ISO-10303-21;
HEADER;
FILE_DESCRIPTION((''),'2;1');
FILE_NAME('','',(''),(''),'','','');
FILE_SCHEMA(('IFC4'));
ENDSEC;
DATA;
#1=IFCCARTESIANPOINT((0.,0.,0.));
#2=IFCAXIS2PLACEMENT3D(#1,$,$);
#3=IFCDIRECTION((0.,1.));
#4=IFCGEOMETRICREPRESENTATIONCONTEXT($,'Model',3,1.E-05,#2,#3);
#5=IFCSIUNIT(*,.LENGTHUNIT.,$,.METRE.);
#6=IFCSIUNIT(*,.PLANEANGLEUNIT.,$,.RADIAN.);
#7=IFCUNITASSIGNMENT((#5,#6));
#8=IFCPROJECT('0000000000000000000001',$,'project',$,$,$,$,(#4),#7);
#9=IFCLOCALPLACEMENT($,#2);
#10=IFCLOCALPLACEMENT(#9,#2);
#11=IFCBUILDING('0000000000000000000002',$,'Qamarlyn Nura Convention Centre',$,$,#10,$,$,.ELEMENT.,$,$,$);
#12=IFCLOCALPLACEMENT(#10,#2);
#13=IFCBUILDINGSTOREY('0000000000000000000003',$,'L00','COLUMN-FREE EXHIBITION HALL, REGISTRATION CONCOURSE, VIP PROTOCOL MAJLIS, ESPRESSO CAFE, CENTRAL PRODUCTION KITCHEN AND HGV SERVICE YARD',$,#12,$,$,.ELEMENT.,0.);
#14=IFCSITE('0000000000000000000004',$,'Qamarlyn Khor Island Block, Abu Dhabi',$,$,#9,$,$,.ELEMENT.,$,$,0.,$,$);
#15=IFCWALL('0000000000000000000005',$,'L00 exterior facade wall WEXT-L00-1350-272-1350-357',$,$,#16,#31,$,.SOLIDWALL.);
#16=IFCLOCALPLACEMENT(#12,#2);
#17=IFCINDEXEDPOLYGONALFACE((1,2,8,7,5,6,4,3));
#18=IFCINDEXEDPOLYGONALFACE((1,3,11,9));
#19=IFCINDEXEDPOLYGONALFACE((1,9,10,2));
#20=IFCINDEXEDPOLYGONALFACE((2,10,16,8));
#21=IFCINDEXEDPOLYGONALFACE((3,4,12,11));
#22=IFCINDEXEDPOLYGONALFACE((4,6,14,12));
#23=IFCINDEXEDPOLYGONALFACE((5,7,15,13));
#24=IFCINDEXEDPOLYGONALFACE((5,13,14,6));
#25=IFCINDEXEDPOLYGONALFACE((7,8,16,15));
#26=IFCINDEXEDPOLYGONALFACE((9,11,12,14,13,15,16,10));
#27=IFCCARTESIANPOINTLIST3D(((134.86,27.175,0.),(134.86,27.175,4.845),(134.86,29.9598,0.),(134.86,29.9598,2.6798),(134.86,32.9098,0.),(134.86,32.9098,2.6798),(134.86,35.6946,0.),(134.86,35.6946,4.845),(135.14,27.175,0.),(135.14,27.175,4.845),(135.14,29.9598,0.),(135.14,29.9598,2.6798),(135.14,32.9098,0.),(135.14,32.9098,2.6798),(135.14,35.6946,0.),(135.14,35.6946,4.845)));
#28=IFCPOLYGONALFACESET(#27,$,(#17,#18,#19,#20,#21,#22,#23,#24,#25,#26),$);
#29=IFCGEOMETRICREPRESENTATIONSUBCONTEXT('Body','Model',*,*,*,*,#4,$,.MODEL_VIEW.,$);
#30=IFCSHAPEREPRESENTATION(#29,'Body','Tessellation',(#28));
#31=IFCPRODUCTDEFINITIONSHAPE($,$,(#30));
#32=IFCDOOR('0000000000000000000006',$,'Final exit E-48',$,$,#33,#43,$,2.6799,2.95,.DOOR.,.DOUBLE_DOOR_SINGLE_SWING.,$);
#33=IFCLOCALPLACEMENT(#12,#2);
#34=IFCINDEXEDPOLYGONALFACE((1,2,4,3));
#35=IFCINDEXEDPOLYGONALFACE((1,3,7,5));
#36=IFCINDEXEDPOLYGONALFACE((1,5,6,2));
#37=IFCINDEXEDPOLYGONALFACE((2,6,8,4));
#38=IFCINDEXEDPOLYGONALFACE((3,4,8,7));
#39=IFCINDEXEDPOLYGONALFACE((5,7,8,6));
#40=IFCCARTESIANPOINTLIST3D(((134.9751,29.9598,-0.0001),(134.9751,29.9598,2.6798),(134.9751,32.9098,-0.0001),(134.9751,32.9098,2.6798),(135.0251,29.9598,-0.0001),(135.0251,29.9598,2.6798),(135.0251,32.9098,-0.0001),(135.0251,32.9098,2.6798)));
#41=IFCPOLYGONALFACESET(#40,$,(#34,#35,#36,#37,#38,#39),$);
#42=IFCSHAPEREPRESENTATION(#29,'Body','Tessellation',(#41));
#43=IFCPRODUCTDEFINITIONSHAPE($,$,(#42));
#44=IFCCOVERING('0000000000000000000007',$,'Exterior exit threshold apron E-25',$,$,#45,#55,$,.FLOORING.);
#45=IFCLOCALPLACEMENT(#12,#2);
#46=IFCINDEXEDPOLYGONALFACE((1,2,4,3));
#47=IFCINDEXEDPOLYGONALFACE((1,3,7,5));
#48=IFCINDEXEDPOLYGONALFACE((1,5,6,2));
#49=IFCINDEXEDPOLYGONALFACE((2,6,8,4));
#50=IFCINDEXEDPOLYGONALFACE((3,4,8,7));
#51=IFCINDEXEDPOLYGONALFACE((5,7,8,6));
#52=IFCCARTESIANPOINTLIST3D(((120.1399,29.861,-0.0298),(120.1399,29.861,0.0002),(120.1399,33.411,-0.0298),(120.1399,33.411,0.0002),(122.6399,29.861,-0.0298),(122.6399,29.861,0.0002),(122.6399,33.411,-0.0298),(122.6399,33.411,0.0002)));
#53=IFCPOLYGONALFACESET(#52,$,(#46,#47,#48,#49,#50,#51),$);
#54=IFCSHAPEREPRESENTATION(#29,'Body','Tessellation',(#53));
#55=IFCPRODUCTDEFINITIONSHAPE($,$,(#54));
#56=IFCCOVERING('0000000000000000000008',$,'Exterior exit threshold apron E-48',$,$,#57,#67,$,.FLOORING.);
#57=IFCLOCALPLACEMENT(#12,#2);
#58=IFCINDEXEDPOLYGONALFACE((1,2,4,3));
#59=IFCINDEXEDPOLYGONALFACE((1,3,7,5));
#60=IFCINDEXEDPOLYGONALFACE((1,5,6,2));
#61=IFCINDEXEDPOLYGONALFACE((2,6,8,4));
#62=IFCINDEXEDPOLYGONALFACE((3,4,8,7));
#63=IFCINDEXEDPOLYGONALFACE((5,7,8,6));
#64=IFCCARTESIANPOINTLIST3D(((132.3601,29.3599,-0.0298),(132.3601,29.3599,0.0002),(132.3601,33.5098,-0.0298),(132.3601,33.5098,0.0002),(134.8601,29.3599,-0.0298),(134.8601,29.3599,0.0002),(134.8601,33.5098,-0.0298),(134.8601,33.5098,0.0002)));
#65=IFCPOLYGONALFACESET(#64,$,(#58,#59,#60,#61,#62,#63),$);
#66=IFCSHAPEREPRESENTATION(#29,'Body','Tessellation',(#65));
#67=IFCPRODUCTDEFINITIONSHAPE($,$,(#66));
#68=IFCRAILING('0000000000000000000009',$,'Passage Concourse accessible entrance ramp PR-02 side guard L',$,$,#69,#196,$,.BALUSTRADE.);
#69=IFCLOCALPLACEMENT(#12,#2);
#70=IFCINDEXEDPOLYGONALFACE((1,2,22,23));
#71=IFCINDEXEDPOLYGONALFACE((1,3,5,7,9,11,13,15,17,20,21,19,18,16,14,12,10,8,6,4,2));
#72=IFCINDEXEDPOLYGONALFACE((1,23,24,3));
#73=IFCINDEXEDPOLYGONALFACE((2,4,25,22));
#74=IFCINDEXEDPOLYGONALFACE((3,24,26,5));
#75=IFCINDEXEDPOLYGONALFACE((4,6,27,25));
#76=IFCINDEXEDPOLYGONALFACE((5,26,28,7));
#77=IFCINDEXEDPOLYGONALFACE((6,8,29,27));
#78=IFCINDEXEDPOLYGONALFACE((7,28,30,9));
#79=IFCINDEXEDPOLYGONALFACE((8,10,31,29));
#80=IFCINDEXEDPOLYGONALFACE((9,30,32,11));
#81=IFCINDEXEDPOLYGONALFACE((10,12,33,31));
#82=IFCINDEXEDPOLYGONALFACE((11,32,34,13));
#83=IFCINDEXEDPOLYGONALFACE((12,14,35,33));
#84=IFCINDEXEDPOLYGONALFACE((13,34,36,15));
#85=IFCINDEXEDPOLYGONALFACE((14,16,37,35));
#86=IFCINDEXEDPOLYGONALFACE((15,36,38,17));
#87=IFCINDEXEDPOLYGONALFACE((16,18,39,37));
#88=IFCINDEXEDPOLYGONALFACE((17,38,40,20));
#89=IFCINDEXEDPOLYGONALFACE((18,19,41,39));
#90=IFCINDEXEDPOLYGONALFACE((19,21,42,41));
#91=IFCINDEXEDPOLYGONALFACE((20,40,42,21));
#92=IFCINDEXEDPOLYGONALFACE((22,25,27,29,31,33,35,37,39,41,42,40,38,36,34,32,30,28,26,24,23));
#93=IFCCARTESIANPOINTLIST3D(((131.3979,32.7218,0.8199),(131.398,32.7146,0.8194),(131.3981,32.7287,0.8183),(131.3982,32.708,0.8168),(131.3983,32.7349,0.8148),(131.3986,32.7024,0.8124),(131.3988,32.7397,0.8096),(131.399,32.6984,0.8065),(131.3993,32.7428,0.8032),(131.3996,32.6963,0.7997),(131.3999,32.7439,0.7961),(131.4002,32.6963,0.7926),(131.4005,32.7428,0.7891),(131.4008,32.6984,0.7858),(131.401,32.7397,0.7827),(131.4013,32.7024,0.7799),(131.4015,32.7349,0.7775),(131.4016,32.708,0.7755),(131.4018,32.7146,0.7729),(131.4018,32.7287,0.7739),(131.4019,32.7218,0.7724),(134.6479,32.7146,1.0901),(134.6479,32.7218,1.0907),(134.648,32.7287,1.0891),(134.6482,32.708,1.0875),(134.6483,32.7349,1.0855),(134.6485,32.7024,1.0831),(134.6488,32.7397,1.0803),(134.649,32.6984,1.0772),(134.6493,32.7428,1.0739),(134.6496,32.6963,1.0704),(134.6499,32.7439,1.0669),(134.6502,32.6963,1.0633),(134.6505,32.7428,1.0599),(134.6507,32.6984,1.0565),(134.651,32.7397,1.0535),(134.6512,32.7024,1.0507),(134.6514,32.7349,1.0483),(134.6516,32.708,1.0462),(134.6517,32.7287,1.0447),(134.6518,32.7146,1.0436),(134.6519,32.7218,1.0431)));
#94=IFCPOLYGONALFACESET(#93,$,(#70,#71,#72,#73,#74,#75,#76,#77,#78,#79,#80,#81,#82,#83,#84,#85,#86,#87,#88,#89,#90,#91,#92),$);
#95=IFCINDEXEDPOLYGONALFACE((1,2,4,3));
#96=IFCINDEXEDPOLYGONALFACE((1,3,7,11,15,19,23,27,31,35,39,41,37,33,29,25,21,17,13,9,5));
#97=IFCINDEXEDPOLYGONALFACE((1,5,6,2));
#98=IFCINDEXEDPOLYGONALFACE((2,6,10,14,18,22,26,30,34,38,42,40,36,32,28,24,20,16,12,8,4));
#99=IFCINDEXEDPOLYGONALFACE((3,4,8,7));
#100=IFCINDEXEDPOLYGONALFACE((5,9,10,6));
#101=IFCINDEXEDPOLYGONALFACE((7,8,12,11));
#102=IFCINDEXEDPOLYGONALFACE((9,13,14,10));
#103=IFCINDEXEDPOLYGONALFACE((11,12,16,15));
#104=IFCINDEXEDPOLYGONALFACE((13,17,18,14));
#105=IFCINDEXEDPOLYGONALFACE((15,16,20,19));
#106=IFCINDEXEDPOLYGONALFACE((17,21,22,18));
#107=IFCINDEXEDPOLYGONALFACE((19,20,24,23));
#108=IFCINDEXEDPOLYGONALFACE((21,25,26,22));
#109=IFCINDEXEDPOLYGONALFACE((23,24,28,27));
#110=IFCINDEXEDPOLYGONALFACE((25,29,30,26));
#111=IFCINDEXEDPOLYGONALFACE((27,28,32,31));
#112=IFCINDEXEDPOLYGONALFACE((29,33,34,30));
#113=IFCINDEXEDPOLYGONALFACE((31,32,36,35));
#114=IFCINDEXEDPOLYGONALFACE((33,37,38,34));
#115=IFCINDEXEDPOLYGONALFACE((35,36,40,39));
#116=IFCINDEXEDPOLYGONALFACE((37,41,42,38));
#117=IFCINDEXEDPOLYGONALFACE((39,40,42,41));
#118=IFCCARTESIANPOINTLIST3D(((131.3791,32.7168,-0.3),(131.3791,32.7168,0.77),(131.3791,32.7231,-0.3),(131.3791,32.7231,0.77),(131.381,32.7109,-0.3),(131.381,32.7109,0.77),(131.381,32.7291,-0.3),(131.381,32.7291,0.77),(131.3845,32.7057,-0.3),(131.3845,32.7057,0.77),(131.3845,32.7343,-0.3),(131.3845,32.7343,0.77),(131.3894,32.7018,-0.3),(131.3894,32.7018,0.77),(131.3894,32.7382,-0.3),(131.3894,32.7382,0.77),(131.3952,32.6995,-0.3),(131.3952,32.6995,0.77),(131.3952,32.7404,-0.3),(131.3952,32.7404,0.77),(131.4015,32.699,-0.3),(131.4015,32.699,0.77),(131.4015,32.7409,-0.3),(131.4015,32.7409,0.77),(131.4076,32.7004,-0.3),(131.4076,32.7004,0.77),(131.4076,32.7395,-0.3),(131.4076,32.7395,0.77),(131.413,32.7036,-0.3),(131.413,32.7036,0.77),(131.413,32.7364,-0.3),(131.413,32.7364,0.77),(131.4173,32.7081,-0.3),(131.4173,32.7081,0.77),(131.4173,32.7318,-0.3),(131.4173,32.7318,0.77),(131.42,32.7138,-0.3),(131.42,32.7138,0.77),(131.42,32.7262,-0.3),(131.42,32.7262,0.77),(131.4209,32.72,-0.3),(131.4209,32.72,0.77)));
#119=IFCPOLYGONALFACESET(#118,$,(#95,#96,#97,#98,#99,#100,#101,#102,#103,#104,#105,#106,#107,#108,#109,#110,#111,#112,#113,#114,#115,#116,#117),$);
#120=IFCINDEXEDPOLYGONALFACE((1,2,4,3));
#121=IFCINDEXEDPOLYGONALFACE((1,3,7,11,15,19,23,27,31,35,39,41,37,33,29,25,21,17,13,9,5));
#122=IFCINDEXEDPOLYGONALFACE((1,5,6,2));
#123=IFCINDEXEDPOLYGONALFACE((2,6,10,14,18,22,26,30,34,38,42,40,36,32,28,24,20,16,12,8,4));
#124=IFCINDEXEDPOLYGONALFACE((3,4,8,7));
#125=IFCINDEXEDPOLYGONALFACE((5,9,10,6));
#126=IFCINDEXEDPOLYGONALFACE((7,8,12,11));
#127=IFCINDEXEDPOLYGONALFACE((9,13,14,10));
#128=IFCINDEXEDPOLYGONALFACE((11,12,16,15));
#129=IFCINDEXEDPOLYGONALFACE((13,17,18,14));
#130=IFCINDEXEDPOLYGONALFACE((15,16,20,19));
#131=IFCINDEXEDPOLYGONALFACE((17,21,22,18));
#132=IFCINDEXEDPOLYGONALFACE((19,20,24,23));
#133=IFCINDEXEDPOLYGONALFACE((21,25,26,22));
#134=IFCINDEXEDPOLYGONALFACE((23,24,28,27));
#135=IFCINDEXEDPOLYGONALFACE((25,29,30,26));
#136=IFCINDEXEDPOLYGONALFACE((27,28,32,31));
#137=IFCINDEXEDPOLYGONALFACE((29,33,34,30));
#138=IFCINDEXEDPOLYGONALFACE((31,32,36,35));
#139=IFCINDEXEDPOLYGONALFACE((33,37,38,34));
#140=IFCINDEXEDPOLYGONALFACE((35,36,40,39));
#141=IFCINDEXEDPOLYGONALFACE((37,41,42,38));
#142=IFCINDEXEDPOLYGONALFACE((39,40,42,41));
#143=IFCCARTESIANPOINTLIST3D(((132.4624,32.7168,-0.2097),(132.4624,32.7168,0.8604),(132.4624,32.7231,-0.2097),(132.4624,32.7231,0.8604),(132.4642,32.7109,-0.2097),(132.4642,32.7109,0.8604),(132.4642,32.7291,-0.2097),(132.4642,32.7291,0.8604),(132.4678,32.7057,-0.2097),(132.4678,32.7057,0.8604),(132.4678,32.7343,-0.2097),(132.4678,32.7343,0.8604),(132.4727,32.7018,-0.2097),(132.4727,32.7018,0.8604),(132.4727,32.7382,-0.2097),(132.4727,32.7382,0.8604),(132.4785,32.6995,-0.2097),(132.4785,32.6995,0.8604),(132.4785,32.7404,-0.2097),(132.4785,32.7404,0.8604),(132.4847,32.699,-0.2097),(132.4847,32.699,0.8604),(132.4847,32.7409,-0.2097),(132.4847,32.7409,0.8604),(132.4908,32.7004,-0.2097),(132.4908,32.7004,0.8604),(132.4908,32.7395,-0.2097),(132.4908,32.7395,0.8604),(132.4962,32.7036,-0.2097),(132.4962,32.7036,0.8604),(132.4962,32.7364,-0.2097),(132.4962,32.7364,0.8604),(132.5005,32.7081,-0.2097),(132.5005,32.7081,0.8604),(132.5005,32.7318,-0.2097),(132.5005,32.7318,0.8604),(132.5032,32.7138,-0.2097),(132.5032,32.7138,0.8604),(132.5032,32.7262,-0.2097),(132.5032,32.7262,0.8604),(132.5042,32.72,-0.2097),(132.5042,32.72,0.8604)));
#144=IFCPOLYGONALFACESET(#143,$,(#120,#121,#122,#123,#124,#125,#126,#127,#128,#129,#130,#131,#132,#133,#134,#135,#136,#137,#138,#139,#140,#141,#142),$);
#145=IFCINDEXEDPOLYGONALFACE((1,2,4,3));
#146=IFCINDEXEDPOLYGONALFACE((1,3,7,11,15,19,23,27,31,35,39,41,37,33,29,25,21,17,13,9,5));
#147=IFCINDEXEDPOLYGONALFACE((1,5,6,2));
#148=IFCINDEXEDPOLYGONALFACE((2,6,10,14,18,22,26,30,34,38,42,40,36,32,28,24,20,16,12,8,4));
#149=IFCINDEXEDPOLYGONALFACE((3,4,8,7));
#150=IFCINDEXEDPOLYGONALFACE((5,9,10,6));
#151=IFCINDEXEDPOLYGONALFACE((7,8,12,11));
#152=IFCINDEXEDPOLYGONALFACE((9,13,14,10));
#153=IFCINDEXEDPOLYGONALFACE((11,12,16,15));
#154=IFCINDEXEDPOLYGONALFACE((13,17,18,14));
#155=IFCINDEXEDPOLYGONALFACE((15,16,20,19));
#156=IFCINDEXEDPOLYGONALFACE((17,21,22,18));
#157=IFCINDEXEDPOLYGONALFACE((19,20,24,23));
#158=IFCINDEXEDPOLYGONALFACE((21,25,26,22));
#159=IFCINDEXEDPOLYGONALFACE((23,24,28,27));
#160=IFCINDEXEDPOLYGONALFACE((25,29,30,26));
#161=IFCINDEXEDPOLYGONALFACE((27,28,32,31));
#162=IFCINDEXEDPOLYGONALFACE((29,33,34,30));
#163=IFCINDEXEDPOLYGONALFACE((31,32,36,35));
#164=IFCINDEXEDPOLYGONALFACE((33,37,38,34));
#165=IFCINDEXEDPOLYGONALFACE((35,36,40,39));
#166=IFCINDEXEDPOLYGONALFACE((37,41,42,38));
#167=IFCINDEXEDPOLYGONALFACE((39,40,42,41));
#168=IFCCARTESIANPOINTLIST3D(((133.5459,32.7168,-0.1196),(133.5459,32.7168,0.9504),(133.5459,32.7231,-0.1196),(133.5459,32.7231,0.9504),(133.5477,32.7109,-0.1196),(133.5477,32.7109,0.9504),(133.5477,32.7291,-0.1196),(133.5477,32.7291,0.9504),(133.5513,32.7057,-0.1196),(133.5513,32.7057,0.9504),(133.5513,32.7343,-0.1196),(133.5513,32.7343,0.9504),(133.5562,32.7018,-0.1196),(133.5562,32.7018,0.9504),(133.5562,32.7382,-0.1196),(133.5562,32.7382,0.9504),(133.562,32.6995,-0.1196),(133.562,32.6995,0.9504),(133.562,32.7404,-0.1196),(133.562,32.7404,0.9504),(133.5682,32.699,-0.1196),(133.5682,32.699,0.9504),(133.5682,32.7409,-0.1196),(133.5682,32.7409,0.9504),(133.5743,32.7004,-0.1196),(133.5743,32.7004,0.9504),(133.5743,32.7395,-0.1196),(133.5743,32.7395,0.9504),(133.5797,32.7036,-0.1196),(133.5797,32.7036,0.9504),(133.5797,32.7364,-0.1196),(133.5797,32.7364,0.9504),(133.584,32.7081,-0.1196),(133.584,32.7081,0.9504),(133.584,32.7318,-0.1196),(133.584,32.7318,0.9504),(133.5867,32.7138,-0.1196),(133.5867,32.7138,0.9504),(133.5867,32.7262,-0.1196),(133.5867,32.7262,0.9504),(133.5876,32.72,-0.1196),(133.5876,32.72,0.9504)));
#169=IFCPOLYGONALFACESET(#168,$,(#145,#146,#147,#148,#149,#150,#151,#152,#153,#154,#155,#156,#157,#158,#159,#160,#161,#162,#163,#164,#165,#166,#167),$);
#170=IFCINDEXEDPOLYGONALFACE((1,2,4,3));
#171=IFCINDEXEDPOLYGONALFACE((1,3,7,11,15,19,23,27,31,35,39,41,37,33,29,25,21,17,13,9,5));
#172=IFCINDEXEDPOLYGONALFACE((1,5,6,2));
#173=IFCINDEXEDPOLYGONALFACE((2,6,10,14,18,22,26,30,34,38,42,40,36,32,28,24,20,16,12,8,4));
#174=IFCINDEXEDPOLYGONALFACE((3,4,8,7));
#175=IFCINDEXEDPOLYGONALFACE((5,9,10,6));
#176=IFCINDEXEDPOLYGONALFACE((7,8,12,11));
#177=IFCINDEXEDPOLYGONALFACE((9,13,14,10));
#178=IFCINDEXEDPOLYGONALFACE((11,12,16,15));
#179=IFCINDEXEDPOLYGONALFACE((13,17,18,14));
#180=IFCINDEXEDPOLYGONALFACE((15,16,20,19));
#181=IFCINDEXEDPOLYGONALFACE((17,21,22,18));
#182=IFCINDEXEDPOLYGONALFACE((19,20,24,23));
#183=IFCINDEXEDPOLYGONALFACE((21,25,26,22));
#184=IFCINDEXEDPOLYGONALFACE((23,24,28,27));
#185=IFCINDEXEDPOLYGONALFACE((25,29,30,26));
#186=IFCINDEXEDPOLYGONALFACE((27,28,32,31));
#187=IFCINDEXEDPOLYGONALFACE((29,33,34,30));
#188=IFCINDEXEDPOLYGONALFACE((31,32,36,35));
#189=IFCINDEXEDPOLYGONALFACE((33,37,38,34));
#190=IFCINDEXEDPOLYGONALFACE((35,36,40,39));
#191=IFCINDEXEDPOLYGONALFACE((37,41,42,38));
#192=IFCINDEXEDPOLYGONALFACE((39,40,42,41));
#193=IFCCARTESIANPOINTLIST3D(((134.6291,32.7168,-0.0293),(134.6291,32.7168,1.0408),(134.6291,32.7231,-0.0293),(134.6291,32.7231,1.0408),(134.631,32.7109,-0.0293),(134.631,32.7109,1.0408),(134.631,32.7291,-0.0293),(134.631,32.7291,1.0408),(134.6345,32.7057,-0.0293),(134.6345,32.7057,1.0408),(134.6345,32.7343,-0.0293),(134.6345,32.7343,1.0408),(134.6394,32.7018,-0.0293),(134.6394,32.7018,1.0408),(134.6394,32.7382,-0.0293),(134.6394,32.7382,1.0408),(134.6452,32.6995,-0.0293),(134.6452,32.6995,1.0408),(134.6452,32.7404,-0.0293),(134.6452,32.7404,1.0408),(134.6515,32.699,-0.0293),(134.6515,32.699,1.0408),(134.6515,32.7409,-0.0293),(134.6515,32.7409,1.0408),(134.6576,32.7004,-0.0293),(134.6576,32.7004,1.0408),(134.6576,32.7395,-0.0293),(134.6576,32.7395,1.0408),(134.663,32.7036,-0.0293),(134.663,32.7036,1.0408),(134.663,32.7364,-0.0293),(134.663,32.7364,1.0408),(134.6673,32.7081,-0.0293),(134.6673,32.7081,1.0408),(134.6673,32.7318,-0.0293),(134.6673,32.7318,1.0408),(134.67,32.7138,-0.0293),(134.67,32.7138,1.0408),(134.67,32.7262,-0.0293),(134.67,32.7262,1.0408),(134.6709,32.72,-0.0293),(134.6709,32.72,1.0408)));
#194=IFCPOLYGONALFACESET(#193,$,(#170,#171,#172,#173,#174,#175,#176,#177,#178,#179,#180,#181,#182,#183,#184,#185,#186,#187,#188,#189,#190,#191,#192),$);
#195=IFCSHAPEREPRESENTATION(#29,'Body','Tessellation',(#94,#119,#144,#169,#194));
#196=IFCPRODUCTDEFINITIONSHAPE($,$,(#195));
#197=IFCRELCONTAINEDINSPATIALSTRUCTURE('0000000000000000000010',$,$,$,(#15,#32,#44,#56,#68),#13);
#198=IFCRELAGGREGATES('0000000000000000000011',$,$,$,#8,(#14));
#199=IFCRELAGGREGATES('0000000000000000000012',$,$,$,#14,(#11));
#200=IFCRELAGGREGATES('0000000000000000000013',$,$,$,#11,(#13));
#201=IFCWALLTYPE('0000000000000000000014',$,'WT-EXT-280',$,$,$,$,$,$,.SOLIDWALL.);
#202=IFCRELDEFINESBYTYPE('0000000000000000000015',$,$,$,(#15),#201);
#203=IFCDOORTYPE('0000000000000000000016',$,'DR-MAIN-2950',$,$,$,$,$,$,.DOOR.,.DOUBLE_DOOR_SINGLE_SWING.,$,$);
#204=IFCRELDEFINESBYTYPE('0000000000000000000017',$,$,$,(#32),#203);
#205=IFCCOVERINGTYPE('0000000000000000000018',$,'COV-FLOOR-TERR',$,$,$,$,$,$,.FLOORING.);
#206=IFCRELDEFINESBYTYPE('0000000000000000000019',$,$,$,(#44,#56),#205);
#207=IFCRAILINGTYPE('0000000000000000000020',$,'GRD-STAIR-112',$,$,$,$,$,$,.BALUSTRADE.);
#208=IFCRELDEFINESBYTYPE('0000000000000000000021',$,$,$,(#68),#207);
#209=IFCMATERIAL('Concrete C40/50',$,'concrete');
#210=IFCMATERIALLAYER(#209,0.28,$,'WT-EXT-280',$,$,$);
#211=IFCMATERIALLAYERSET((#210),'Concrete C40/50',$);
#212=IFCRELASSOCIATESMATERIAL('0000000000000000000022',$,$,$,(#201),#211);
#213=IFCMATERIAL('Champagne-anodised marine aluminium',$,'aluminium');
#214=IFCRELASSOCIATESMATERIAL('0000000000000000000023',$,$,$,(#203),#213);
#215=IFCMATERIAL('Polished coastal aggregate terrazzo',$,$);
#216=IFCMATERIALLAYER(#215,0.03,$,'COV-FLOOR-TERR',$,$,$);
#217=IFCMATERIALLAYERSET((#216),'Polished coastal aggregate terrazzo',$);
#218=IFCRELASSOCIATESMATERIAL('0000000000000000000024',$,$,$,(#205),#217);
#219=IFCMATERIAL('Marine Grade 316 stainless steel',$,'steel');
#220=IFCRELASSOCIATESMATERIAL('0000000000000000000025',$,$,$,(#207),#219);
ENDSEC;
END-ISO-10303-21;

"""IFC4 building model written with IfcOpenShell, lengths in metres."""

from ifc_helpers import new_model, si_unit, direction, frame, frame_2d, origin, origin_2d, place, context, subcontext, project, spatial, rectangle, circle, extrude, material, layer, layer_set, type_object, element, fill, save


model = new_model("IFC4")

# Units and contexts
model_context = context("Model", 3, precision=1e-05, world=origin(), true_north=direction((0.0, 1.0)))
body_context = subcontext(model_context, "Body", "Model", "MODEL_VIEW")
ifc_project = project(units=[si_unit("LENGTHUNIT", "METRE"), si_unit("PLANEANGLEUNIT", "RADIAN")], contexts=[model_context])

# Site, building, storey
site_placement = place(None, origin())
site = spatial("IfcSite", under=ifc_project, at=site_placement, Name="Qamarlyn Khor Island Block, Abu Dhabi", CompositionType="ELEMENT", RefElevation=0.0)
building_placement = place(site_placement, origin())
building = spatial("IfcBuilding", under=site, at=building_placement, Name="Qamarlyn Nura Convention Centre", CompositionType="ELEMENT")
storey_placement = place(building_placement, origin())
storey = spatial("IfcBuildingStorey", under=building, at=storey_placement, Name="L00", Description="COLUMN-FREE EXHIBITION HALL, REGISTRATION CONCOURSE, VIP PROTOCOL MAJLIS, ESPRESSO CAFE, CENTRAL PRODUCTION KITCHEN AND HGV SERVICE YARD", CompositionType="ELEMENT", Elevation=0.0)

# Shared definitions
ifc_material_1 = material(Name="Champagne-anodised marine aluminium", Category="aluminium")

# Wall, opening, door
ifc_material_2 = material(Name="Concrete C40/50", Category="concrete")
ifc_layer_1 = layer(ifc_material_2, 0.28, Name="WT-EXT-280")
ifc_layer_set_1 = layer_set([ifc_layer_1], Name="Concrete C40/50")
wall_type = type_object("IfcWallType", Name="WT-EXT-280", PredefinedType="SOLIDWALL", material=ifc_layer_set_1)
wall_1_placement = place(storey_placement, frame((135.0, 27.175, 0.0), z_axis=(0.0, 0.0, 1.0), x_axis=(0.0, 1.0, 0.0)))
wall_1 = element("IfcWall", 1, at=wall_1_placement, inside=storey, type_object=wall_type, Name="L00 exterior facade wall WEXT-L00-1350-272-1350-357", PredefinedType="SOLIDWALL", context=body_context, shape_type="SweptSolid", body=[
    extrude(rectangle(XDim=8.5195, YDim=0.28, at=frame_2d((4.2598, 0.0))), origin(), (0.0, 0.0, 1.0), 4.845),
])
opening_1_placement = place(wall_1_placement, frame((2.7847, 0.0, 0.0)))
opening_1 = element("IfcOpeningElement", 2, at=opening_1_placement, cuts=wall_1, PredefinedType="OPENING", context=body_context, shape_type="SweptSolid", body=[
    extrude(rectangle(XDim=2.95, YDim=2.6799, at=frame_2d((1.4751, 1.3398))), frame((0.0, 0.1499, 0.0), z_axis=(0.0, -1.0, 0.0), x_axis=(1.0, 0.0, 0.0)), (0.0, 0.0, 1.0), 0.3),
])
door_type_1 = type_object("IfcDoorType", Name="DR-MAIN-2950", OperationType="DOUBLE_DOOR_SINGLE_SWING", PredefinedType="DOOR", material=ifc_material_1)
door_1_placement = place(opening_1_placement, origin())
door_1 = element("IfcDoor", 3, at=door_1_placement, inside=storey, type_object=door_type_1, Name="Final exit E-48", OperationType="DOUBLE_DOOR_SINGLE_SWING", OverallHeight=2.6799, OverallWidth=2.95, PredefinedType="DOOR", context=body_context, shape_type="SweptSolid", body=[
    extrude(rectangle(XDim=2.95, YDim=2.6799, at=frame_2d((1.4751, 1.3398))), frame((0.0, 0.0249, 0.0), z_axis=(0.0, -1.0, 0.0), x_axis=(1.0, 0.0, 0.0)), (0.0, 0.0, 1.0), 0.05),
])
fill(opening_1, door_1)

# Coverings
ifc_material_3 = material(Name="Polished coastal aggregate terrazzo")
ifc_layer_2 = layer(ifc_material_3, 0.03, Name="COV-FLOOR-TERR")
ifc_layer_set_2 = layer_set([ifc_layer_2], Name="Polished coastal aggregate terrazzo")
covering_type = type_object("IfcCoveringType", Name="COV-FLOOR-TERR", PredefinedType="FLOORING", material=ifc_layer_set_2)
covering_1_placement = place(storey_placement, frame((121.3899, 31.636, -0.0298), z_axis=(0.0, 0.0, 1.0), x_axis=(0.0, -1.0, 0.0)))
element("IfcCovering", 4, at=covering_1_placement, inside=storey, type_object=covering_type, Name="Exterior exit threshold apron E-25", PredefinedType="FLOORING", context=body_context, shape_type="SweptSolid", body=[
    extrude(rectangle(XDim=3.55, YDim=2.5, at=origin_2d()), origin(), (0.0, 0.0, 1.0), 0.03),
])
covering_2_placement = place(storey_placement, frame((133.6101, 31.4348, -0.0298), z_axis=(0.0, 0.0, 1.0), x_axis=(0.0, 1.0, 0.0)))
element("IfcCovering", 5, at=covering_2_placement, inside=storey, type_object=covering_type, Name="Exterior exit threshold apron E-48", PredefinedType="FLOORING", context=body_context, shape_type="SweptSolid", body=[
    extrude(rectangle(XDim=4.1499, YDim=2.5, at=origin_2d()), origin(), (0.0, 0.0, 1.0), 0.03),
])

# Railing
ifc_material_4 = material(Name="Marine Grade 316 stainless steel", Category="steel")
railing_type = type_object("IfcRailingType", Name="GRD-STAIR-112", PredefinedType="BALUSTRADE", material=ifc_material_4)
for number, where, name in (
    (6, (131.3999, 32.72, -0.3), "Passage Concourse accessible entrance ramp PR-02 side guard L"),
):
    element("IfcRailing", number, at=place(storey_placement, frame(where)), inside=storey, type_object=railing_type, Name=name, PredefinedType="BALUSTRADE", context=body_context, shape_type="SweptSolid", body=[
        extrude(circle(Radius=0.0239, at=origin_2d()), frame((0.0, 0.0, 1.0962), z_axis=(0.996548, 0.0, 0.083021), x_axis=(0.0, 1.0, 0.0)), (0.0, 0.0, 1.0), 3.2612),
        extrude(circle(Radius=0.021, at=origin_2d()), origin(), (0.0, 0.0, 1.0), 1.0701),
        extrude(circle(Radius=0.021, at=origin_2d()), frame((1.0833, 0.0, 0.0903)), (0.0, 0.0, 1.0), 1.0701),
        extrude(circle(Radius=0.021, at=origin_2d()), frame((2.1667, 0.0, 0.1804)), (0.0, 0.0, 1.0), 1.0701),
        extrude(circle(Radius=0.021, at=origin_2d()), frame((3.25, 0.0, 0.2708)), (0.0, 0.0, 1.0), 1.0701),
    ])

save(model, "model.ifc")
